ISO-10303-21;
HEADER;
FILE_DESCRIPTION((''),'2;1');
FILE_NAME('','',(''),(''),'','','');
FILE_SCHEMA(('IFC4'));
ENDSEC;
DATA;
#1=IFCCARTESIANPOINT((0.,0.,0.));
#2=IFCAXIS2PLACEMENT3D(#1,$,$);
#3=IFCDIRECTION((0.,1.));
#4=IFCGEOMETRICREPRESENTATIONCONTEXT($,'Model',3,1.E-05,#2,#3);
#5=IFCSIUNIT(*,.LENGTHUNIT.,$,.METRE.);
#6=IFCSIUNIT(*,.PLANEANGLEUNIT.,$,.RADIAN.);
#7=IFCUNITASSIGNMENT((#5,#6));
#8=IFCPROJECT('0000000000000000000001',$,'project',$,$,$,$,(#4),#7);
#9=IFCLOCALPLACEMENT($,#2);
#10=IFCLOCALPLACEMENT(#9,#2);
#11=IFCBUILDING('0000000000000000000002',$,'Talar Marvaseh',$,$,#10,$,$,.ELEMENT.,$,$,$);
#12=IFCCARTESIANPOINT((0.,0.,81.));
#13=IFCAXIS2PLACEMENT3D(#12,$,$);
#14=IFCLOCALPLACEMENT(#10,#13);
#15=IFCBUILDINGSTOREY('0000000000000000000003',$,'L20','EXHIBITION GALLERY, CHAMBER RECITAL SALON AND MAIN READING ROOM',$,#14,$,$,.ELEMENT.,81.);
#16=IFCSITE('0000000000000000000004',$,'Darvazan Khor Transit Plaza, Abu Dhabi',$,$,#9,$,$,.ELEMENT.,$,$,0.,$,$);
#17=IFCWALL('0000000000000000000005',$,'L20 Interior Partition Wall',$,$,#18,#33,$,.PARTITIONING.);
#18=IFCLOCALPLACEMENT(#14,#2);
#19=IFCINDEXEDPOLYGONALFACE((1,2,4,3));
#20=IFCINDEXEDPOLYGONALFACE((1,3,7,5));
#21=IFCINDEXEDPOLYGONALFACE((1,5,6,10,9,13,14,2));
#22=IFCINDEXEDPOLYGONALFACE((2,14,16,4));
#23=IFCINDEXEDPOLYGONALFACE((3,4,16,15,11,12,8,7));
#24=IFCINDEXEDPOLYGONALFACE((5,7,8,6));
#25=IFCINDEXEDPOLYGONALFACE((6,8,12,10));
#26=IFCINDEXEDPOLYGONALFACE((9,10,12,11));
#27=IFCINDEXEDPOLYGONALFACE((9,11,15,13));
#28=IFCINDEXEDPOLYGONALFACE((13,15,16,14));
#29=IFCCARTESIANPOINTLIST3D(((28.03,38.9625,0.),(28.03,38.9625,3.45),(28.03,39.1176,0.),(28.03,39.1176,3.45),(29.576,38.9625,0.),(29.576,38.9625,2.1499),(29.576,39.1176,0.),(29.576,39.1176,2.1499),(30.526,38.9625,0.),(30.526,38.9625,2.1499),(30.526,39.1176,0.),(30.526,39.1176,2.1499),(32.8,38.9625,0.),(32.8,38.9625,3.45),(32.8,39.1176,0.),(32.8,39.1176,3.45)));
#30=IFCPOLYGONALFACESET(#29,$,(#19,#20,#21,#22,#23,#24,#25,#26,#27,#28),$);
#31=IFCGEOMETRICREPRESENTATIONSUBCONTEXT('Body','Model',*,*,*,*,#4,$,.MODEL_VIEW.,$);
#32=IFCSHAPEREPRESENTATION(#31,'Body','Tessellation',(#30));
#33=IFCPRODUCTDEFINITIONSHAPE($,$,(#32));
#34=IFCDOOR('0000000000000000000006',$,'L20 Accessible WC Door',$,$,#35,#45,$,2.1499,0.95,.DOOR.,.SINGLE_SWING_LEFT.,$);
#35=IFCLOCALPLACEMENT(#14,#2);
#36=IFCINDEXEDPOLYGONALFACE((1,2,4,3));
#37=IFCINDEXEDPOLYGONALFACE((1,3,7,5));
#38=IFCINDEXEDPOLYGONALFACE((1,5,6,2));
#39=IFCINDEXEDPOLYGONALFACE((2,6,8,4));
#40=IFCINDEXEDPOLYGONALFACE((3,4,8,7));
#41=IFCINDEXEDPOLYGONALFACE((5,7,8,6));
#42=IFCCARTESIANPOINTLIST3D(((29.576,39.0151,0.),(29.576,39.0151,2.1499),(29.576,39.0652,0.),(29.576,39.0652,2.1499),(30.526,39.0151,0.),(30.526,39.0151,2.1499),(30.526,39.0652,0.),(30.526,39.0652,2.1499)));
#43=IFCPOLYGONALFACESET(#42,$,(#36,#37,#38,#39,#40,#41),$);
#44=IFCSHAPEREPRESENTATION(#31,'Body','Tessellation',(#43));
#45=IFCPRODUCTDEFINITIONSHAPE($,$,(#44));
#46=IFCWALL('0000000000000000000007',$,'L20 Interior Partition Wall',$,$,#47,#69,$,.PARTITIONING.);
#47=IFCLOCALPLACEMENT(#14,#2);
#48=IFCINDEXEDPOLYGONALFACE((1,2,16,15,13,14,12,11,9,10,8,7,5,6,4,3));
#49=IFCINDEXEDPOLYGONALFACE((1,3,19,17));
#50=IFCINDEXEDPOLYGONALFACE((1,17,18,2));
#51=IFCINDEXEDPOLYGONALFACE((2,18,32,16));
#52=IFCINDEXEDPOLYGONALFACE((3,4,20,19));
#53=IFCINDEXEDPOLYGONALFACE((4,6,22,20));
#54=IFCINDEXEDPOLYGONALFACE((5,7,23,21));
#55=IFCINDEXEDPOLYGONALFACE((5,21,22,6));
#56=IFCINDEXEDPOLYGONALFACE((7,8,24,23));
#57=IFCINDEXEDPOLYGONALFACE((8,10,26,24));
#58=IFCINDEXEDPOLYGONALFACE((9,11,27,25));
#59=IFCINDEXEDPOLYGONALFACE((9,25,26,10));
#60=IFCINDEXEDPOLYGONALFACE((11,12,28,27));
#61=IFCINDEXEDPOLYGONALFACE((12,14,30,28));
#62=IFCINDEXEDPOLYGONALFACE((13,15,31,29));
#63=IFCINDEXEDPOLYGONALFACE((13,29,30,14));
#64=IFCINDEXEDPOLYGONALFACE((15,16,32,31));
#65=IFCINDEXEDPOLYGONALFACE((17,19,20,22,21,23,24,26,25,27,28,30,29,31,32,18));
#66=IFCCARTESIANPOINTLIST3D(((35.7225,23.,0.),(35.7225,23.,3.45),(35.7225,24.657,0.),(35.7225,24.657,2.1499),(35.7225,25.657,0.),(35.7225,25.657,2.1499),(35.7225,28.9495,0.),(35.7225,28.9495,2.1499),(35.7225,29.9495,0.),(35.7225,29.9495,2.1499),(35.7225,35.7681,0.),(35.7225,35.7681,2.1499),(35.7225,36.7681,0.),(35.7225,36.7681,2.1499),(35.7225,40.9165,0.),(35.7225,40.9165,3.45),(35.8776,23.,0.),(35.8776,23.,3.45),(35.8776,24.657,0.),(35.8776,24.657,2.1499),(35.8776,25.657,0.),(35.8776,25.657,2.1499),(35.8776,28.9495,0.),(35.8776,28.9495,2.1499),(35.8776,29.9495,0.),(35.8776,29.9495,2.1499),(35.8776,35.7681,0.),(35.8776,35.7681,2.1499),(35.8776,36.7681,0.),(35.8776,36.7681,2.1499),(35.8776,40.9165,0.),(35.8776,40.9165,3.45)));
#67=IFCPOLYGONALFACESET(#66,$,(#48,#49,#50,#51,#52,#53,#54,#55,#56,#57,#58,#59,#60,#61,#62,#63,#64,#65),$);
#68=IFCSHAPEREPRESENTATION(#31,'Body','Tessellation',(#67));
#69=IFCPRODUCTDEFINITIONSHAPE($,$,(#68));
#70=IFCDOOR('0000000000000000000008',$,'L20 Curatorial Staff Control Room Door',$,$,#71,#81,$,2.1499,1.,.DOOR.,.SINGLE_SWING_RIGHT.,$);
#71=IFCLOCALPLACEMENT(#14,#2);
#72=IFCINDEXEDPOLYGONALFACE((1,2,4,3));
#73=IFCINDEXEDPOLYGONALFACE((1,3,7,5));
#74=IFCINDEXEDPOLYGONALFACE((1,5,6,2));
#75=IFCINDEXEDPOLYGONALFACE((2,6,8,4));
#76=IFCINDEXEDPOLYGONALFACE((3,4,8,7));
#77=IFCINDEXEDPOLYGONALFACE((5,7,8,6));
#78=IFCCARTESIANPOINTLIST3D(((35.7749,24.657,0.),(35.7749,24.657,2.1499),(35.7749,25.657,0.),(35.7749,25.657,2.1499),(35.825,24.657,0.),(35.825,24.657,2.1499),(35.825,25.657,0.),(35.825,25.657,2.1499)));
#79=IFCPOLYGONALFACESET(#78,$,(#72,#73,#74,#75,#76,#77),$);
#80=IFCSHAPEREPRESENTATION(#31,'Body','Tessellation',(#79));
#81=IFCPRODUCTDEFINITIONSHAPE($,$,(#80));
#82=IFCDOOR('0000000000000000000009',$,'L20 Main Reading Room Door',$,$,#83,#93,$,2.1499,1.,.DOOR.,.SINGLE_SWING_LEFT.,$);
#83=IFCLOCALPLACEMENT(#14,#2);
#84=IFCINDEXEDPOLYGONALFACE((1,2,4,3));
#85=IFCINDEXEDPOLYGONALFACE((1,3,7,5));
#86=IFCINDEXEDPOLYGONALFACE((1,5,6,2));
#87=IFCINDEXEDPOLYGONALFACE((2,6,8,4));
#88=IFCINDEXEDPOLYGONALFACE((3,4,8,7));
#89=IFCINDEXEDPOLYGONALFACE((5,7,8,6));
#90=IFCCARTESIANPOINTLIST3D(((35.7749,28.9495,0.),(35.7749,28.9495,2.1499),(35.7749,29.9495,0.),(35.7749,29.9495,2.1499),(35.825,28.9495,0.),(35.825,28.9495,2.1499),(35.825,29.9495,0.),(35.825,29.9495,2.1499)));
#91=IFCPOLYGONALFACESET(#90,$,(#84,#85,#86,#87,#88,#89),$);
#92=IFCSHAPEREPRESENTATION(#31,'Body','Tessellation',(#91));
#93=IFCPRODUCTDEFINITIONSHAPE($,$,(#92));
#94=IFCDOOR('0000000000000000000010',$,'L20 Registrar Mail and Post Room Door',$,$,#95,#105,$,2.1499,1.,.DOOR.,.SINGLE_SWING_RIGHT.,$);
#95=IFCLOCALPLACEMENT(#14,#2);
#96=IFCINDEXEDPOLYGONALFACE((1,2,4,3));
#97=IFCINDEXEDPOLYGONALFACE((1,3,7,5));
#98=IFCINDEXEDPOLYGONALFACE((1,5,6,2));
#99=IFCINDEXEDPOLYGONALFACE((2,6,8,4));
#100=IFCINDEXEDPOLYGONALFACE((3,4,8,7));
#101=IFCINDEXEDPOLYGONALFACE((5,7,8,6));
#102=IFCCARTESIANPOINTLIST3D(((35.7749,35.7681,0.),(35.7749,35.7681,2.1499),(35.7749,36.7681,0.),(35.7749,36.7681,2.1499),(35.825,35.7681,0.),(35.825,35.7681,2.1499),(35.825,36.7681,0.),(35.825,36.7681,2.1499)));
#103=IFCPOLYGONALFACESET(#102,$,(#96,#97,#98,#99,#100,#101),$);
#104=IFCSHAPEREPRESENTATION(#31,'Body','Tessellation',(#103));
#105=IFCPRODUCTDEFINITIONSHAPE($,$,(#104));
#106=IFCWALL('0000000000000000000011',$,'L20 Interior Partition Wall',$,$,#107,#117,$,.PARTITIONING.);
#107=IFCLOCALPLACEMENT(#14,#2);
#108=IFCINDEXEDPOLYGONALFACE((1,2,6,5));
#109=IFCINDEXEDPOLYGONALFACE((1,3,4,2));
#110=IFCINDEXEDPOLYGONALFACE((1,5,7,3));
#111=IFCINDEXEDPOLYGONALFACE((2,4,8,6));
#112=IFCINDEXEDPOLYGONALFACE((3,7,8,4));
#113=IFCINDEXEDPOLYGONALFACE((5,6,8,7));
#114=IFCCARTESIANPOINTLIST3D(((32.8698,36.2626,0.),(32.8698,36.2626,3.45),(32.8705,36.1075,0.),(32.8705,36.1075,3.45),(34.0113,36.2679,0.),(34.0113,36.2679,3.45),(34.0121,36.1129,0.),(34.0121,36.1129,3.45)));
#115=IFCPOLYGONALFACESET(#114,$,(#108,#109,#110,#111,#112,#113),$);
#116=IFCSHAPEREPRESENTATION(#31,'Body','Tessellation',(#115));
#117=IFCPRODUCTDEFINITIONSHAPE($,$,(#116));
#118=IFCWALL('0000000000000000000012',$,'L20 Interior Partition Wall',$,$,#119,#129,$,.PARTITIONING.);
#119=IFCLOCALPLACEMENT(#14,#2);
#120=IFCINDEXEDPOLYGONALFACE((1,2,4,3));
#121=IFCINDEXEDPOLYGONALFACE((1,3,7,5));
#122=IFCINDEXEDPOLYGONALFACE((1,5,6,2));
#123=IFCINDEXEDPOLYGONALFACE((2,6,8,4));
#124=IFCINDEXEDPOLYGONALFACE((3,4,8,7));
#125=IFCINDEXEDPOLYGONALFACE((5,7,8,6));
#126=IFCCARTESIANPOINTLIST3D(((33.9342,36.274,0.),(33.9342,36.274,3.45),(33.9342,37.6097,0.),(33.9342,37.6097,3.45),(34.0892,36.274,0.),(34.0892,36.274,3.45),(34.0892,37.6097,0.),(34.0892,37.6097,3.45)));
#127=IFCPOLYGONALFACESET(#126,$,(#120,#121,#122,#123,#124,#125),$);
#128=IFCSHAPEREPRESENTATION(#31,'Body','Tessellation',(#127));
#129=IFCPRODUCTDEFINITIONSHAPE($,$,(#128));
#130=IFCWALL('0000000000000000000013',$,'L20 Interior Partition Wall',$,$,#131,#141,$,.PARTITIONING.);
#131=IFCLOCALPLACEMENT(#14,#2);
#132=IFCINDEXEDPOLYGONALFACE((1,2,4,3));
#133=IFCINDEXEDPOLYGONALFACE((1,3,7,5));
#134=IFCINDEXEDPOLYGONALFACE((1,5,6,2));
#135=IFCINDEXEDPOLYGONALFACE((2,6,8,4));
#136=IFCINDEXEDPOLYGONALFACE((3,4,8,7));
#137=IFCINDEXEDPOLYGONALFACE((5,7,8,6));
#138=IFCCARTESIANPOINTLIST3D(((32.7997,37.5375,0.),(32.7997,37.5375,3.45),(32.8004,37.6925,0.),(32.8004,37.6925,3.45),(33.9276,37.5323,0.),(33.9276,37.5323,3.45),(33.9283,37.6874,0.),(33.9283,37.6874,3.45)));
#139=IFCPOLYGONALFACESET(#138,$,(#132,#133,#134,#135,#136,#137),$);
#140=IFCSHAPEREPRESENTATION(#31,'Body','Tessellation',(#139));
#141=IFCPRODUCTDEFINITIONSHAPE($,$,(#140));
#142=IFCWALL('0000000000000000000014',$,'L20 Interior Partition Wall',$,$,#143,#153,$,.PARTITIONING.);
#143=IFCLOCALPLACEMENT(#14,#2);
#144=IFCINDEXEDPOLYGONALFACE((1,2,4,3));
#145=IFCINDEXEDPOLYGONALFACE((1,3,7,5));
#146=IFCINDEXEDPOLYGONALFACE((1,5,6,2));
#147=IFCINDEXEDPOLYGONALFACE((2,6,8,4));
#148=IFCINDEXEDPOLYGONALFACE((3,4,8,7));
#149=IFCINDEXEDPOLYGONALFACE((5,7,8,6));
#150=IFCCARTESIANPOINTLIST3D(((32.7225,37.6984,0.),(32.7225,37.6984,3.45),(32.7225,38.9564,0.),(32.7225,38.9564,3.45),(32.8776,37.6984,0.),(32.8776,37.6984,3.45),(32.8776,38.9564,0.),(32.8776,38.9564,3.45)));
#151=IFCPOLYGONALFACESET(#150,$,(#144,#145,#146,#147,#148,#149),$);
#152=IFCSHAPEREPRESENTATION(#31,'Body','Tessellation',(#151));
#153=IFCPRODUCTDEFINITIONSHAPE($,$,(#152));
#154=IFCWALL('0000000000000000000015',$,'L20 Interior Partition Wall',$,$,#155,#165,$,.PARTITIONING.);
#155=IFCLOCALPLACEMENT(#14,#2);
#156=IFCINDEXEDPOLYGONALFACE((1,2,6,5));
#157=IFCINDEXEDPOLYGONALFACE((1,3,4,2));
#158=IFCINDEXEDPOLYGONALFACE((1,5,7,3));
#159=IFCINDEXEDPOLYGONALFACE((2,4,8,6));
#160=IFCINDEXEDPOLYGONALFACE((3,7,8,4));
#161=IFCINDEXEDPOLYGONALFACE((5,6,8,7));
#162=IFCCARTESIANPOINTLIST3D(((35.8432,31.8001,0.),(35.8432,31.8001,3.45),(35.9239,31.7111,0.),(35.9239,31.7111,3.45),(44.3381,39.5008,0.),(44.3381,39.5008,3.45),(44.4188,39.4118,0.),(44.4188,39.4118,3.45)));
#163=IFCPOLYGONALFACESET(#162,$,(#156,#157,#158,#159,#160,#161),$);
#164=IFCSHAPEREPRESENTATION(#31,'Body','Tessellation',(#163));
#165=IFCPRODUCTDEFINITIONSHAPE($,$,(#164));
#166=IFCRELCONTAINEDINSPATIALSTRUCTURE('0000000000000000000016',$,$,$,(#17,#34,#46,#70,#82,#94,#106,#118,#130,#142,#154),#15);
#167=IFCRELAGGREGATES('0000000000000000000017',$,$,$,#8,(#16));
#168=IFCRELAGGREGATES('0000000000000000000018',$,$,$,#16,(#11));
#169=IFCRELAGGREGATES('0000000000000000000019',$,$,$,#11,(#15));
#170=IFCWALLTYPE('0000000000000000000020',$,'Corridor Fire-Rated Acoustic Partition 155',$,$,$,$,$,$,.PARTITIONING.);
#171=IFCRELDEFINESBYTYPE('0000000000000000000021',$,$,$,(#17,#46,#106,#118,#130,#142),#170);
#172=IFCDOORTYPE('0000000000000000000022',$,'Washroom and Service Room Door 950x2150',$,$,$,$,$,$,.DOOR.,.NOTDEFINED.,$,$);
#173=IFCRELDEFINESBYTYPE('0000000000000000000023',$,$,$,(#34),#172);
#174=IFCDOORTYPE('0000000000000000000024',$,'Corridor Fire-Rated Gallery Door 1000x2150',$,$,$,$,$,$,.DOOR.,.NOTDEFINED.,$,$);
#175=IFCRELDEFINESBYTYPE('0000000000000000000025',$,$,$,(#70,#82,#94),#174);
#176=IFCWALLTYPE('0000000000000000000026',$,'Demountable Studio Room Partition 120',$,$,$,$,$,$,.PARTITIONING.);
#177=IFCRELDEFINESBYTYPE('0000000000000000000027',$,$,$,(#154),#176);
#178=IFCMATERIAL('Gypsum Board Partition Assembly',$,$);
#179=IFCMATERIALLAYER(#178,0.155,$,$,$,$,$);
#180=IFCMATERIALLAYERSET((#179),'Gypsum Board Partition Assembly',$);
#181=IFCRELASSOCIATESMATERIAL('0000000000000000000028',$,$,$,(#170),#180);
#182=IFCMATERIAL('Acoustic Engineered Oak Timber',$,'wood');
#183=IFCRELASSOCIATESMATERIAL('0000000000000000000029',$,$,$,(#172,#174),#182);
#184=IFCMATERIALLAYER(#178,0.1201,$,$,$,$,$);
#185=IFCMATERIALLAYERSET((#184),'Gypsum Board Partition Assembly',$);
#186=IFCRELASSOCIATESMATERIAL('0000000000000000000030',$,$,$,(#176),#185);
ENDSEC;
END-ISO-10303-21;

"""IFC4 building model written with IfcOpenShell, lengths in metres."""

from ifc_helpers import new_model, si_unit, direction, frame, frame_2d, origin, place, context, subcontext, project, spatial, rectangle, extrude, source, transform, mapped, material, layer, layer_set, type_object, type_shapes, element, fill, save


model = new_model("IFC4")

# Units and contexts
model_context = context("Model", 3, precision=1e-05, world=origin(), true_north=direction((0.0, 1.0)))
body_context = subcontext(model_context, "Body", "Model", "MODEL_VIEW")
ifc_project = project(units=[si_unit("LENGTHUNIT", "METRE"), si_unit("PLANEANGLEUNIT", "RADIAN")], contexts=[model_context])

# Site, building, storey
site_placement = place(None, origin())
site = spatial("IfcSite", under=ifc_project, at=site_placement, Name="Darvazan Khor Transit Plaza, Abu Dhabi", CompositionType="ELEMENT", RefElevation=0.0)
building_placement = place(site_placement, origin())
building = spatial("IfcBuilding", under=site, at=building_placement, Name="Talar Marvaseh", CompositionType="ELEMENT")
storey_placement = place(building_placement, frame((0.0, 0.0, 81.0)))
storey = spatial("IfcBuildingStorey", under=building, at=storey_placement, Name="L20", Description="EXHIBITION GALLERY, CHAMBER RECITAL SALON AND MAIN READING ROOM", CompositionType="ELEMENT", Elevation=81.0)

# Wall, opening, door
ifc_material_1 = material(Name="Gypsum Board Partition Assembly")
ifc_layer_1 = layer(ifc_material_1, 0.155)
ifc_layer_set_1 = layer_set([ifc_layer_1], Name="Gypsum Board Partition Assembly")
wall_type_1 = type_object("IfcWallType", Name="Corridor Fire-Rated Acoustic Partition 155", PredefinedType="PARTITIONING", material=ifc_layer_set_1)
wall_1_placement = place(storey_placement, frame((32.8, 39.04, 0.0), z_axis=(0.0, 0.0, 1.0), x_axis=(-1.0, 0.0, 0.0)))
wall_1 = element("IfcWall", 1, at=wall_1_placement, inside=storey, type_object=wall_type_1, Name="L20 Interior Partition Wall", PredefinedType="PARTITIONING", context=body_context, shape_type="SweptSolid", body=[
    extrude(rectangle(XDim=4.77, YDim=0.155, at=frame_2d((2.385, 0.0))), origin(), (0.0, 0.0, 1.0), 3.45),
])
opening_1_placement = place(wall_1_placement, frame((2.2739, 0.0, 0.0)))
opening_1 = element("IfcOpeningElement", 2, at=opening_1_placement, cuts=wall_1, PredefinedType="OPENING", context=body_context, shape_type="SweptSolid", body=[
    extrude(rectangle(XDim=0.95, YDim=2.1499, at=frame_2d((0.4751, 1.075))), frame((0.0, 0.0874, 0.0), z_axis=(0.0, -1.0, 0.0), x_axis=(1.0, 0.0, 0.0)), (0.0, 0.0, 1.0), 0.175),
])
ifc_material_2 = material(Name="Acoustic Engineered Oak Timber", Category="wood")
door_type_1 = type_object("IfcDoorType", Name="Washroom and Service Room Door 950x2150", OperationType="NOTDEFINED", PredefinedType="DOOR", material=ifc_material_2)
shared_shape_1 = source(origin(), body_context, "Body", "SweptSolid", [
    extrude(rectangle(XDim=0.95, YDim=2.1499, at=frame_2d((0.4751, 1.075))), frame((0.0, 0.0249, 0.0), z_axis=(0.0, -1.0, 0.0), x_axis=(1.0, 0.0, 0.0)), (0.0, 0.0, 1.0), 0.05),
])
type_shapes(door_type_1, [shared_shape_1])
door_1_placement = place(opening_1_placement, origin())
door_1 = element("IfcDoor", 3, at=door_1_placement, inside=storey, type_object=door_type_1, Name="L20 Accessible WC Door", OperationType="SINGLE_SWING_LEFT", OverallHeight=2.1499, OverallWidth=0.95, PredefinedType="DOOR", context=body_context, shape_type="MappedRepresentation", body=[
    mapped(shared_shape_1, transform((0.0, 0.0, 0.0), x_axis=(1.0, 0.0, 0.0), y_axis=(0.0, 1.0, 0.0), z_axis=(0.0, 0.0, 1.0), scale=1.0)),
])
fill(opening_1, door_1)

# Wall, openings, doors
wall_2_placement = place(storey_placement, frame((35.8, 40.9165, 0.0), z_axis=(0.0, 0.0, 1.0), x_axis=(0.0, -1.0, 0.0)))
wall_2 = element("IfcWall", 4, at=wall_2_placement, inside=storey, type_object=wall_type_1, Name="L20 Interior Partition Wall", PredefinedType="PARTITIONING", context=body_context, shape_type="SweptSolid", body=[
    extrude(rectangle(XDim=17.9165, YDim=0.155, at=frame_2d((8.9583, 0.0))), origin(), (0.0, 0.0, 1.0), 3.45),
])
opening_2_placement = place(wall_2_placement, frame((15.2595, 0.0, 0.0)))
opening_2 = element("IfcOpeningElement", 5, at=opening_2_placement, cuts=wall_2, PredefinedType="OPENING", context=body_context, shape_type="SweptSolid", body=[
    extrude(rectangle(XDim=1.0, YDim=2.1499, at=frame_2d((0.5, 1.075))), frame((0.0, 0.0874, 0.0), z_axis=(0.0, -1.0, 0.0), x_axis=(1.0, 0.0, 0.0)), (0.0, 0.0, 1.0), 0.175),
])
opening_3_placement = place(wall_2_placement, frame((10.967, 0.0, 0.0)))
opening_3 = element("IfcOpeningElement", 6, at=opening_3_placement, cuts=wall_2, PredefinedType="OPENING", context=body_context, shape_type="SweptSolid", body=[
    extrude(rectangle(XDim=1.0, YDim=2.1499, at=frame_2d((0.5, 1.075))), frame((0.0, 0.0874, 0.0), z_axis=(0.0, -1.0, 0.0), x_axis=(1.0, 0.0, 0.0)), (0.0, 0.0, 1.0), 0.175),
])
opening_4_placement = place(wall_2_placement, frame((4.1484, 0.0, 0.0)))
opening_4 = element("IfcOpeningElement", 7, at=opening_4_placement, cuts=wall_2, PredefinedType="OPENING", context=body_context, shape_type="SweptSolid", body=[
    extrude(rectangle(XDim=1.0, YDim=2.1499, at=frame_2d((0.5, 1.075))), frame((0.0, 0.0874, 0.0), z_axis=(0.0, -1.0, 0.0), x_axis=(1.0, 0.0, 0.0)), (0.0, 0.0, 1.0), 0.175),
])
door_type_2 = type_object("IfcDoorType", Name="Corridor Fire-Rated Gallery Door 1000x2150", OperationType="NOTDEFINED", PredefinedType="DOOR", material=ifc_material_2)
shared_shape_2 = source(origin(), body_context, "Body", "SweptSolid", [
    extrude(rectangle(XDim=1.0, YDim=2.1499, at=frame_2d((0.5, 1.075))), frame((0.0, 0.0249, 0.0), z_axis=(0.0, -1.0, 0.0), x_axis=(1.0, 0.0, 0.0)), (0.0, 0.0, 1.0), 0.05),
])
type_shapes(door_type_2, [shared_shape_2])
door_2_placement = place(opening_2_placement, origin())
door_2 = element("IfcDoor", 8, at=door_2_placement, inside=storey, type_object=door_type_2, Name="L20 Curatorial Staff Control Room Door", OperationType="SINGLE_SWING_RIGHT", OverallHeight=2.1499, OverallWidth=1.0, PredefinedType="DOOR", context=body_context, shape_type="MappedRepresentation", body=[
    mapped(shared_shape_2, transform((0.0, 0.0, 0.0), x_axis=(1.0, 0.0, 0.0), y_axis=(0.0, 1.0, 0.0), z_axis=(0.0, 0.0, 1.0), scale=1.0)),
])
fill(opening_2, door_2)
door_3_placement = place(opening_3_placement, origin())
door_3 = element("IfcDoor", 9, at=door_3_placement, inside=storey, type_object=door_type_2, Name="L20 Main Reading Room Door", OperationType="SINGLE_SWING_LEFT", OverallHeight=2.1499, OverallWidth=1.0, PredefinedType="DOOR", context=body_context, shape_type="MappedRepresentation", body=[
    mapped(shared_shape_2, transform((0.0, 0.0, 0.0), x_axis=(1.0, 0.0, 0.0), y_axis=(0.0, 1.0, 0.0), z_axis=(0.0, 0.0, 1.0), scale=1.0)),
])
fill(opening_3, door_3)
door_4_placement = place(opening_4_placement, origin())
door_4 = element("IfcDoor", 10, at=door_4_placement, inside=storey, type_object=door_type_2, Name="L20 Registrar Mail and Post Room Door", OperationType="SINGLE_SWING_RIGHT", OverallHeight=2.1499, OverallWidth=1.0, PredefinedType="DOOR", context=body_context, shape_type="MappedRepresentation", body=[
    mapped(shared_shape_2, transform((0.0, 0.0, 0.0), x_axis=(1.0, 0.0, 0.0), y_axis=(0.0, 1.0, 0.0), z_axis=(0.0, 0.0, 1.0), scale=1.0)),
])
fill(opening_4, door_4)

# Walls
wall_3_placement = place(storey_placement, frame((32.8701, 36.1851, 0.0), z_axis=(0.0, 0.0, 1.0), x_axis=(0.999989, 0.004705, 0.0)))
element("IfcWall", 11, at=wall_3_placement, inside=storey, type_object=wall_type_1, Name="L20 Interior Partition Wall", PredefinedType="PARTITIONING", context=body_context, shape_type="SweptSolid", body=[
    extrude(rectangle(XDim=1.1416, YDim=0.155, at=frame_2d((0.5708, 0.0))), origin(), (0.0, 0.0, 1.0), 3.45),
])
wall_4_placement = place(storey_placement, frame((34.0117, 36.2739, 0.0), z_axis=(0.0, 0.0, 1.0), x_axis=(0.0, 1.0, 0.0)))
element("IfcWall", 12, at=wall_4_placement, inside=storey, type_object=wall_type_1, Name="L20 Interior Partition Wall", PredefinedType="PARTITIONING", context=body_context, shape_type="SweptSolid", body=[
    extrude(rectangle(XDim=1.3357, YDim=0.155, at=frame_2d((0.668, 0.0))), origin(), (0.0, 0.0, 1.0), 3.45),
])
wall_5_placement = place(storey_placement, frame((33.928, 37.6099, 0.0), z_axis=(0.0, 0.0, 1.0), x_axis=(-0.99999, 0.004545, 0.0)))
element("IfcWall", 13, at=wall_5_placement, inside=storey, type_object=wall_type_1, Name="L20 Interior Partition Wall", PredefinedType="PARTITIONING", context=body_context, shape_type="SweptSolid", body=[
    extrude(rectangle(XDim=1.1279, YDim=0.155, at=frame_2d((0.564, 0.0))), origin(), (0.0, 0.0, 1.0), 3.45),
])
wall_6_placement = place(storey_placement, frame((32.8, 37.6985, 0.0), z_axis=(0.0, 0.0, 1.0), x_axis=(0.0, 1.0, 0.0)))
element("IfcWall", 14, at=wall_6_placement, inside=storey, type_object=wall_type_1, Name="L20 Interior Partition Wall", PredefinedType="PARTITIONING", context=body_context, shape_type="SweptSolid", body=[
    extrude(rectangle(XDim=1.2581, YDim=0.155, at=frame_2d((0.6289, 0.0))), origin(), (0.0, 0.0, 1.0), 3.45),
])
ifc_layer_2 = layer(ifc_material_1, 0.1201)
ifc_layer_set_2 = layer_set([ifc_layer_2], Name="Gypsum Board Partition Assembly")
wall_type_2 = type_object("IfcWallType", Name="Demountable Studio Room Partition 120", PredefinedType="PARTITIONING", material=ifc_layer_set_2)
wall_7_placement = place(storey_placement, frame((35.8835, 31.7556, 0.0), z_axis=(0.0, 0.0, 1.0), x_axis=(0.740891, 0.671625, 0.0)))
element("IfcWall", 15, at=wall_7_placement, inside=storey, type_object=wall_type_2, Name="L20 Interior Partition Wall", PredefinedType="PARTITIONING", context=body_context, shape_type="SweptSolid", body=[
    extrude(rectangle(XDim=11.4658, YDim=0.1201, at=frame_2d((5.7329, 0.0))), origin(), (0.0, 0.0, 1.0), 3.45),
])

save(model, "model.ifc")
